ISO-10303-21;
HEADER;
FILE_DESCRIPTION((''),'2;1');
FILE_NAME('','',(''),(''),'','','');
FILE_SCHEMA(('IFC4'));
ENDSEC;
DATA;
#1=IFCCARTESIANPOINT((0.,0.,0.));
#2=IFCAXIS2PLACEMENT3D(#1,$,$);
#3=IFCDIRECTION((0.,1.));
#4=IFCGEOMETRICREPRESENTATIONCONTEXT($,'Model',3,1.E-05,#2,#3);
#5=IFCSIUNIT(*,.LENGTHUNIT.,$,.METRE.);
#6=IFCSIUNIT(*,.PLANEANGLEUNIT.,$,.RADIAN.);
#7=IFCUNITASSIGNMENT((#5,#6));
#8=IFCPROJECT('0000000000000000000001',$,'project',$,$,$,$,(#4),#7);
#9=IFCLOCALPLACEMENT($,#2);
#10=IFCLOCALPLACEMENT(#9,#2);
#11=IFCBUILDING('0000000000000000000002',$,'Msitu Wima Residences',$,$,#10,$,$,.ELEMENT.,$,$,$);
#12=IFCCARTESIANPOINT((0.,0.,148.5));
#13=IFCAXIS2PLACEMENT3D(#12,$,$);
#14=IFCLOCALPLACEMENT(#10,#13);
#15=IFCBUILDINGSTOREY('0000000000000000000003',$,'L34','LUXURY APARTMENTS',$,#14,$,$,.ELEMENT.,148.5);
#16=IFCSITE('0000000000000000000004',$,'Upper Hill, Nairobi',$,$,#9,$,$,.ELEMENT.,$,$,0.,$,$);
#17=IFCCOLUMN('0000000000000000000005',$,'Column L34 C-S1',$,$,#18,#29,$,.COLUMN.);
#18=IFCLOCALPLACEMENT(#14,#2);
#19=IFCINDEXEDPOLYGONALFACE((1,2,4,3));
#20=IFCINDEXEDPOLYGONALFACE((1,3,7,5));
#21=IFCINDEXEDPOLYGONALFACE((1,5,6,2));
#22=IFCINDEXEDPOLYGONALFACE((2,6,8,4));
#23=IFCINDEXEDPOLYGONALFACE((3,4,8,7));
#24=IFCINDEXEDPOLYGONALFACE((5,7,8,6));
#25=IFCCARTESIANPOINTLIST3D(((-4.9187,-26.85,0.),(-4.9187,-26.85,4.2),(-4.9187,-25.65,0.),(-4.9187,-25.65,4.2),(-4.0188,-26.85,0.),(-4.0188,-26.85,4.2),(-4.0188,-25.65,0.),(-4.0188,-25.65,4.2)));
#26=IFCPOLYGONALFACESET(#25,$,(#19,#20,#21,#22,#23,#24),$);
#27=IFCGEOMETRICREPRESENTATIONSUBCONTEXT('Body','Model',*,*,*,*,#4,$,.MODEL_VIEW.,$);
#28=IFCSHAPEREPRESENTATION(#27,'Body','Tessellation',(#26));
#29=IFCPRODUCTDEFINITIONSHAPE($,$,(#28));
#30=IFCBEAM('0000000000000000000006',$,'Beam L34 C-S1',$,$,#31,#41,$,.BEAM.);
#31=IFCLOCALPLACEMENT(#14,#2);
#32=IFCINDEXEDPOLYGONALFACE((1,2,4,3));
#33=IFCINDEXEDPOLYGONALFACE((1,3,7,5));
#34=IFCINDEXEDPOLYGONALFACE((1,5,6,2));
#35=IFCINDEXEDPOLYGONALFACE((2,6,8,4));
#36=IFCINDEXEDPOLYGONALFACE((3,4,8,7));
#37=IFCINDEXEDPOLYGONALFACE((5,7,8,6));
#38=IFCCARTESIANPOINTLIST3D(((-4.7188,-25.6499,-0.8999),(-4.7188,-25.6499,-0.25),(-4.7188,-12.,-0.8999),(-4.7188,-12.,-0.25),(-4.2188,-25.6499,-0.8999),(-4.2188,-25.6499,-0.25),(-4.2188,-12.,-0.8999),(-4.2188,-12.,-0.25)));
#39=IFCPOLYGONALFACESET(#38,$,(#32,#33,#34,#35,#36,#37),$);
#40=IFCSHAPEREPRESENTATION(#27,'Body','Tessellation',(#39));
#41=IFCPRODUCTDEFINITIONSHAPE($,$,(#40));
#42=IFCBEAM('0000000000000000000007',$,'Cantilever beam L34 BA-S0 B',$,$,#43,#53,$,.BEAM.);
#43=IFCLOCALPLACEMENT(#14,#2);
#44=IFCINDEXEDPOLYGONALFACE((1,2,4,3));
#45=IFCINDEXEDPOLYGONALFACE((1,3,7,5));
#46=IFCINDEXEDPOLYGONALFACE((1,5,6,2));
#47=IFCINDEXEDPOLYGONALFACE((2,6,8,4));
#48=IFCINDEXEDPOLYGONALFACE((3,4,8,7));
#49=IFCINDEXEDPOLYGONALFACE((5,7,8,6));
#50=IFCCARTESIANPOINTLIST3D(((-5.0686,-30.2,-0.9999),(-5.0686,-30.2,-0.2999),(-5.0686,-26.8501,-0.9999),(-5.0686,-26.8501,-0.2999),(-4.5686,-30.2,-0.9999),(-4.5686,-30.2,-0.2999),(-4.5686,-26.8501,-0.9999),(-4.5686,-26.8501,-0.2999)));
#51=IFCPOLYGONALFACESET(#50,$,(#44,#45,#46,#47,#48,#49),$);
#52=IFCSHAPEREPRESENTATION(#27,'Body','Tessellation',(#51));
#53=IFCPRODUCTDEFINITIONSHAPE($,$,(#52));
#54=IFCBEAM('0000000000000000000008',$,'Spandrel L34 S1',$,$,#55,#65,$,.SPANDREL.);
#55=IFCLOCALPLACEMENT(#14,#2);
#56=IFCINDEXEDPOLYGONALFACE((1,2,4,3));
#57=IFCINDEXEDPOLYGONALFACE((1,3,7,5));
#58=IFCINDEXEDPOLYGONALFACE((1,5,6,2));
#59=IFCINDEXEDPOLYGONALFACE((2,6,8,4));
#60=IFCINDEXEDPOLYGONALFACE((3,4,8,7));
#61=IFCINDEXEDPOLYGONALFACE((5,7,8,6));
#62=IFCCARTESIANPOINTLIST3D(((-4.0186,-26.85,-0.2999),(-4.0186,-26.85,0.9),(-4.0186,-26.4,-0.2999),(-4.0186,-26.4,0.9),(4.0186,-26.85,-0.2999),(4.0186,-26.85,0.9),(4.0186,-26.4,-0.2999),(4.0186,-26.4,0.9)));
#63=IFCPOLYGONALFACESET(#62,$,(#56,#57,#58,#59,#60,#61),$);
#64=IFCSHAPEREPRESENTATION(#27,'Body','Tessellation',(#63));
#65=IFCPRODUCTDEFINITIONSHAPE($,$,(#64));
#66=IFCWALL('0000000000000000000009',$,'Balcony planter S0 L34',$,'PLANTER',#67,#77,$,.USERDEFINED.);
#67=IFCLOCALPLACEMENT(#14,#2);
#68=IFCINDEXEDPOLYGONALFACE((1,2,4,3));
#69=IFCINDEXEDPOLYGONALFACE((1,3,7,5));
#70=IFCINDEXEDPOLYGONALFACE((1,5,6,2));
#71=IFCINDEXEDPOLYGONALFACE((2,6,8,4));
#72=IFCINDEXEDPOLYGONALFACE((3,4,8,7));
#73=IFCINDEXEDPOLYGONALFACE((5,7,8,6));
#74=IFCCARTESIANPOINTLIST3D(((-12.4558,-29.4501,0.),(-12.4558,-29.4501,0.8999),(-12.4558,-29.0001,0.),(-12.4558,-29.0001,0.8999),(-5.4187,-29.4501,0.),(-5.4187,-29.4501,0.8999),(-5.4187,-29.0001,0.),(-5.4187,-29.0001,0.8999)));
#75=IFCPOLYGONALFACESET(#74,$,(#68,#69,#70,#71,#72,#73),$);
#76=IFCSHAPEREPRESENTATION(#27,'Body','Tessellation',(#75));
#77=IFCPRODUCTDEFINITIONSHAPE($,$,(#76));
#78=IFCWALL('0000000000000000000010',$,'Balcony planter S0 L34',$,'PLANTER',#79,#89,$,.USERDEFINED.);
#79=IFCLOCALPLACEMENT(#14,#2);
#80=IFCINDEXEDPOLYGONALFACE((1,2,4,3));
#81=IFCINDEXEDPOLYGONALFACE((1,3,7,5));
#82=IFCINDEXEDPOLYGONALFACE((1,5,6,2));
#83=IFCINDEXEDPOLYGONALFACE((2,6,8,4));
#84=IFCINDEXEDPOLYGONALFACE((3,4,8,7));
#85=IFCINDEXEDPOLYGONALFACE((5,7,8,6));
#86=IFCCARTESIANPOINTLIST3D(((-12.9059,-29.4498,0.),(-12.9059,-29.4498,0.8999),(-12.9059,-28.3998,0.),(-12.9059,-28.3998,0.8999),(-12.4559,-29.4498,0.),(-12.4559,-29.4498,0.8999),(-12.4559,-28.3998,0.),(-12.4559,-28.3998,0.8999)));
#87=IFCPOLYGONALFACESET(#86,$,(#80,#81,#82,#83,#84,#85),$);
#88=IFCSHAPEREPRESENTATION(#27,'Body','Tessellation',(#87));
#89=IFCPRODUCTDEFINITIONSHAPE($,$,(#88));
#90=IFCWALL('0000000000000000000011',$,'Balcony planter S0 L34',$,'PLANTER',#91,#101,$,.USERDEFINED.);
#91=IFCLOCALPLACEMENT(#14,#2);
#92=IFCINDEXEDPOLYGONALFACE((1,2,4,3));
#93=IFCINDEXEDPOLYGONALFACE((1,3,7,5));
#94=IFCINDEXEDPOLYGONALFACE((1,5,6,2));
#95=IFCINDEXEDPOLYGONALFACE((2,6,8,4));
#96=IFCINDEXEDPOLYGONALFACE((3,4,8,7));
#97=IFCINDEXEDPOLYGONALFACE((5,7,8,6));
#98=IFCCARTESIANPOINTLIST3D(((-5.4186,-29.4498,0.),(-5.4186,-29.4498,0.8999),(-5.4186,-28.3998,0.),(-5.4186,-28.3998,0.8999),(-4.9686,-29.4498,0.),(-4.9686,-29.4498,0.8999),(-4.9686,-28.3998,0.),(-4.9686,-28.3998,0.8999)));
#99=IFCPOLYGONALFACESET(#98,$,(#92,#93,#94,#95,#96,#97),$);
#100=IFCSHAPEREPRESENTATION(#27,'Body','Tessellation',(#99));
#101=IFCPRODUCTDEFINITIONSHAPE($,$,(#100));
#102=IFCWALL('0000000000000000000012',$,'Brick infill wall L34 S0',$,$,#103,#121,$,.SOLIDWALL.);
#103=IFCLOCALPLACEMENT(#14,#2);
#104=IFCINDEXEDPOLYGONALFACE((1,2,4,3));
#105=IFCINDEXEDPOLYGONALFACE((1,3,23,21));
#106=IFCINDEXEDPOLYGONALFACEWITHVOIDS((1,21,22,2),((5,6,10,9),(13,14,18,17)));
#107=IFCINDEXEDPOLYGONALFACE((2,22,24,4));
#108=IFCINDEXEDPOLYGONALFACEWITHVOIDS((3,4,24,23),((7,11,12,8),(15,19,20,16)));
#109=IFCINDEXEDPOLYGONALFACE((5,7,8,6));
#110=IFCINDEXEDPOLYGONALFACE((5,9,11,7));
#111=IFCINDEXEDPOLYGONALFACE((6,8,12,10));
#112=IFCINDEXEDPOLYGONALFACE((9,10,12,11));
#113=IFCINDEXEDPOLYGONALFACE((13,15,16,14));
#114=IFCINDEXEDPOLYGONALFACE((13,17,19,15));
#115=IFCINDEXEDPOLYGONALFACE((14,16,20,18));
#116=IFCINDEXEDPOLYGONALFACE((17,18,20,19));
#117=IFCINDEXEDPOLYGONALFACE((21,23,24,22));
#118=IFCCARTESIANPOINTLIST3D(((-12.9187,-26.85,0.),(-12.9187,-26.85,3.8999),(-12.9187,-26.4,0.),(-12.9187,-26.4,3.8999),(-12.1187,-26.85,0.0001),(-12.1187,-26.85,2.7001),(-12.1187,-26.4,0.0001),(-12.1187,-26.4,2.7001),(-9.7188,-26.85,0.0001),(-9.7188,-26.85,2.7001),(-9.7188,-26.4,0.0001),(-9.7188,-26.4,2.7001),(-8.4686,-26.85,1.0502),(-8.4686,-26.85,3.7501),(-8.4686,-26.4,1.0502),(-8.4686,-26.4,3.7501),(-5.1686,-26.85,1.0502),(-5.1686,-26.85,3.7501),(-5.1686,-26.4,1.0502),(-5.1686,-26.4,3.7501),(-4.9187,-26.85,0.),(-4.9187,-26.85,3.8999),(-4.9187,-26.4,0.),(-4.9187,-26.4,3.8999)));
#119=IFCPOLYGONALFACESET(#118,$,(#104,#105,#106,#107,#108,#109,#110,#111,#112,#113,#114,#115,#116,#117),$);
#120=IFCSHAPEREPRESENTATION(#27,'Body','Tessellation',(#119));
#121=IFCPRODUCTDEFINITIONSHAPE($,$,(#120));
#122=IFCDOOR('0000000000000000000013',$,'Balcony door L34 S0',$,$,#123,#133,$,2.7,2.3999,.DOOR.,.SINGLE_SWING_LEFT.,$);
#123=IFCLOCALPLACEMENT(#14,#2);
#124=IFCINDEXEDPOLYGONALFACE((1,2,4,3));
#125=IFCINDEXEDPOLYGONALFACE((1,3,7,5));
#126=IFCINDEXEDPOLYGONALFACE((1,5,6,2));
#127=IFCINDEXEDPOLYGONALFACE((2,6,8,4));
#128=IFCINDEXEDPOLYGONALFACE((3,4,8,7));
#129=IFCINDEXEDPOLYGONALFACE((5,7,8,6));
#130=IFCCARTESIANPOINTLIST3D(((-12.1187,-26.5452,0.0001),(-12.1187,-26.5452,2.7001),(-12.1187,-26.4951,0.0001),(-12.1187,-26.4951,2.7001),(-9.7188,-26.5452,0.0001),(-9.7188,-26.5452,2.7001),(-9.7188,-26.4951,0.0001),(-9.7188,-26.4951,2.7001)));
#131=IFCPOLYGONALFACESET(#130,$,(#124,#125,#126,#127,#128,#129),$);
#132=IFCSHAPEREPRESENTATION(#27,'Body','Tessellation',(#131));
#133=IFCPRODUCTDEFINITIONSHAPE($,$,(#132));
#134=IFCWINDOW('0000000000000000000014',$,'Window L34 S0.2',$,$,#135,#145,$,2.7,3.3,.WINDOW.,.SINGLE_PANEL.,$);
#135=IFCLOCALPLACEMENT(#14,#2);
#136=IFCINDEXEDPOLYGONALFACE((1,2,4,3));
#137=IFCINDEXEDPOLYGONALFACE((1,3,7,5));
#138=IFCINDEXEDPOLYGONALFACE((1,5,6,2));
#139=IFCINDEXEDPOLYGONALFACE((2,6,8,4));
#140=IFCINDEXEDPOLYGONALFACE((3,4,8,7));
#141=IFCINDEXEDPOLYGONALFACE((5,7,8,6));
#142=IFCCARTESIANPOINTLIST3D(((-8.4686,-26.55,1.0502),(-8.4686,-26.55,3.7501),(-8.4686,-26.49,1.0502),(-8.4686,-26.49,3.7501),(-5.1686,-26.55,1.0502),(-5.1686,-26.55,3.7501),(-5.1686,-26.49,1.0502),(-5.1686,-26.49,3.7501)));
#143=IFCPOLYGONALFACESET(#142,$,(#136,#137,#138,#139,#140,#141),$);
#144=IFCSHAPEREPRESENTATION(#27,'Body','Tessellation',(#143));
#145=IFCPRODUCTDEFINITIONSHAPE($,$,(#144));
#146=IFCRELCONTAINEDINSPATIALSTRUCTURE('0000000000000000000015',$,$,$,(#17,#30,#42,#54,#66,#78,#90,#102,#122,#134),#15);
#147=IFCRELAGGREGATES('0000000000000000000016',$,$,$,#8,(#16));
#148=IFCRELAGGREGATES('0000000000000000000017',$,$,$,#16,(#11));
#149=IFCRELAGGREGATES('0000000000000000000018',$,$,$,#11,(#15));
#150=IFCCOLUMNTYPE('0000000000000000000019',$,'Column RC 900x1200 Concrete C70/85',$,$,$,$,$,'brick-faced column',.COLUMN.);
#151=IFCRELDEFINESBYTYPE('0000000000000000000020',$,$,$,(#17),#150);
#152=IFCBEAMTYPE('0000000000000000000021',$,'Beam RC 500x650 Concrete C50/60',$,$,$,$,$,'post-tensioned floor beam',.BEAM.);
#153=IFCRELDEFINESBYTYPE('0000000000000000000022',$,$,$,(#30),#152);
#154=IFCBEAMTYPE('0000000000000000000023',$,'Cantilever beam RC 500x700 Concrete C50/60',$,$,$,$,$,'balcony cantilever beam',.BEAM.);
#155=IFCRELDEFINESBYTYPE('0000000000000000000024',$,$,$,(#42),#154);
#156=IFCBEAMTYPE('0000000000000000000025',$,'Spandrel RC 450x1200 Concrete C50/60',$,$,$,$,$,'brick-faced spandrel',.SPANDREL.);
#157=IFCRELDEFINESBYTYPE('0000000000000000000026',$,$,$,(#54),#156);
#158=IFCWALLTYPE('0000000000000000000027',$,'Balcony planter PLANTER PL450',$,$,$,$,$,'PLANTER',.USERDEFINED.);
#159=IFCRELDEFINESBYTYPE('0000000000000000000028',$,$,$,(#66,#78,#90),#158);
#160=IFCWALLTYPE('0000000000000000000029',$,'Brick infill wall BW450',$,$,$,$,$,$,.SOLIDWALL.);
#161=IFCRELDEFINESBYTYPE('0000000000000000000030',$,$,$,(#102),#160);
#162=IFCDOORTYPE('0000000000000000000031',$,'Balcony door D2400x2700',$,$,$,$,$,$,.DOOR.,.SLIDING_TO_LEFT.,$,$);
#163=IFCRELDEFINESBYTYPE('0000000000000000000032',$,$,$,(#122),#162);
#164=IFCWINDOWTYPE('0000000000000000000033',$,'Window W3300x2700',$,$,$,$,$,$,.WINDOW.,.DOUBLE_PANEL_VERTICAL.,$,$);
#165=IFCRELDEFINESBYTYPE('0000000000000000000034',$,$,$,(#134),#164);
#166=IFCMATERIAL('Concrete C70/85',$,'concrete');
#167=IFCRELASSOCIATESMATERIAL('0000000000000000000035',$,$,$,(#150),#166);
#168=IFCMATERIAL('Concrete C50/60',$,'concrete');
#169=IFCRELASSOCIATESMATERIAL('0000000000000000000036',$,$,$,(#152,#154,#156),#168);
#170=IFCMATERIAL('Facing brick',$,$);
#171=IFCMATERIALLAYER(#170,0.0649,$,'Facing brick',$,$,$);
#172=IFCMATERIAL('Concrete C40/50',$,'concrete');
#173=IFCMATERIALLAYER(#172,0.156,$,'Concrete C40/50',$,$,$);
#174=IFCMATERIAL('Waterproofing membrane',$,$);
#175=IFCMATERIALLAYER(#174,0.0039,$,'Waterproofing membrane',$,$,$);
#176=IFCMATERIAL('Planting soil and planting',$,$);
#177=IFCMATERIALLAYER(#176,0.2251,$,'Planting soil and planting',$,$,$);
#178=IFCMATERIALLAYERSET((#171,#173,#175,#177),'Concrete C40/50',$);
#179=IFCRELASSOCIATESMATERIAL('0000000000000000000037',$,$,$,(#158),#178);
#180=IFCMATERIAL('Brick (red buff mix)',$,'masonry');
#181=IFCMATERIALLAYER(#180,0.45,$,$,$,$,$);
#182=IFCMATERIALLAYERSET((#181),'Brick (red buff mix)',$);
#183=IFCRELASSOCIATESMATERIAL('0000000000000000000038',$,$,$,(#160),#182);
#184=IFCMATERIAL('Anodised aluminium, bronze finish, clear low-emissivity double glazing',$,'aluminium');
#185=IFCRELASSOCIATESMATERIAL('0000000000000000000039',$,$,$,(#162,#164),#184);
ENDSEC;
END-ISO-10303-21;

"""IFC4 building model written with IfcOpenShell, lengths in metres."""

from ifc_helpers import new_model, si_unit, direction, frame, frame_2d, origin, origin_2d, place, context, subcontext, project, spatial, rectangle, extrude, material, layer, layer_set, material_profile, profile_set, type_object, element, fill, save


model = new_model("IFC4")

# Units and contexts
model_context = context("Model", 3, precision=1e-05, world=origin(), true_north=direction((0.0, 1.0)))
body_context = subcontext(model_context, "Body", "Model", "MODEL_VIEW")
ifc_project = project(units=[si_unit("LENGTHUNIT", "METRE"), si_unit("PLANEANGLEUNIT", "RADIAN")], contexts=[model_context])

# Site, building, storey
site_placement = place(None, origin())
site = spatial("IfcSite", under=ifc_project, at=site_placement, Name="Upper Hill, Nairobi", CompositionType="ELEMENT", RefElevation=0.0)
building_placement = place(site_placement, origin())
building = spatial("IfcBuilding", under=site, at=building_placement, Name="Msitu Wima Residences", CompositionType="ELEMENT")
storey_placement = place(building_placement, frame((0.0, 0.0, 148.5)))
storey = spatial("IfcBuildingStorey", under=building, at=storey_placement, Name="L34", Description="LUXURY APARTMENTS", CompositionType="ELEMENT", Elevation=148.5)

# Column
ifc_material_1 = material(Name="Concrete C70/85", Category="concrete")
ifc_material_profile_1 = material_profile(ifc_material_1, rectangle(XDim=0.8999, YDim=1.2, at=origin_2d()), Name="RC 900x1200")
ifc_profile_set_1 = profile_set([ifc_material_profile_1], Name="Concrete C70/85")
column_type = type_object("IfcColumnType", Name="Column RC 900x1200 Concrete C70/85", ElementType="brick-faced column", PredefinedType="COLUMN", material=ifc_profile_set_1)
column_placement = place(storey_placement, frame((-4.4688, -26.25, 0.0), z_axis=(0.0, 0.0, 1.0), x_axis=(1.0, 0.0, 0.0)))
element("IfcColumn", 1, at=column_placement, inside=storey, type_object=column_type, Name="Column L34 C-S1", PredefinedType="COLUMN", context=body_context, shape_type="SweptSolid", body=[
    extrude(rectangle(XDim=0.8999, YDim=1.2, at=origin_2d()), origin(), (0.0, 0.0, 1.0), 4.2),
])

# Beams
ifc_material_2 = material(Name="Concrete C50/60", Category="concrete")
ifc_material_profile_2 = material_profile(ifc_material_2, rectangle(XDim=0.5, YDim=0.6499, at=origin_2d()), Name="RC 500x650")
ifc_profile_set_2 = profile_set([ifc_material_profile_2], Name="Concrete C50/60")
beam_type_1 = type_object("IfcBeamType", Name="Beam RC 500x650 Concrete C50/60", ElementType="post-tensioned floor beam", PredefinedType="BEAM", material=ifc_profile_set_2)
beam_1_placement = place(storey_placement, frame((-4.4688, -25.6499, -0.575), z_axis=(0.0, 1.0, 0.0), x_axis=(-1.0, 0.0, 0.0)))
element("IfcBeam", 2, at=beam_1_placement, inside=storey, type_object=beam_type_1, Name="Beam L34 C-S1", PredefinedType="BEAM", context=body_context, shape_type="SweptSolid", body=[
    extrude(rectangle(XDim=0.5, YDim=0.6499, at=origin_2d()), origin(), (0.0, 0.0, 1.0), 13.6499),
])
ifc_material_profile_3 = material_profile(ifc_material_2, rectangle(XDim=0.5, YDim=0.7, at=origin_2d()), Name="RC 500x700")
ifc_profile_set_3 = profile_set([ifc_material_profile_3], Name="Concrete C50/60")
beam_type_2 = type_object("IfcBeamType", Name="Cantilever beam RC 500x700 Concrete C50/60", ElementType="balcony cantilever beam", PredefinedType="BEAM", material=ifc_profile_set_3)
beam_2_placement = place(storey_placement, frame((-4.8186, -26.8501, -0.6499), z_axis=(0.0, -1.0, 0.0), x_axis=(1.0, 0.0, 0.0)))
element("IfcBeam", 3, at=beam_2_placement, inside=storey, type_object=beam_type_2, Name="Cantilever beam L34 BA-S0 B", PredefinedType="BEAM", context=body_context, shape_type="SweptSolid", body=[
    extrude(rectangle(XDim=0.5, YDim=0.7, at=origin_2d()), origin(), (0.0, 0.0, 1.0), 3.3499),
])
ifc_material_profile_4 = material_profile(ifc_material_2, rectangle(XDim=0.45, YDim=1.2, at=origin_2d()), Name="RC 450x1200")
ifc_profile_set_4 = profile_set([ifc_material_profile_4], Name="Concrete C50/60")
beam_type_3 = type_object("IfcBeamType", Name="Spandrel RC 450x1200 Concrete C50/60", ElementType="brick-faced spandrel", PredefinedType="SPANDREL", material=ifc_profile_set_4)
beam_3_placement = place(storey_placement, frame((-4.0186, -26.625, 0.3), z_axis=(1.0, 0.0, 0.0), x_axis=(0.0, 1.0, 0.0)))
element("IfcBeam", 4, at=beam_3_placement, inside=storey, type_object=beam_type_3, Name="Spandrel L34 S1", PredefinedType="SPANDREL", context=body_context, shape_type="SweptSolid", body=[
    extrude(rectangle(XDim=0.45, YDim=1.2, at=origin_2d()), origin(), (0.0, 0.0, 1.0), 8.0371),
])

# Walls
ifc_material_3 = material(Name="Facing brick")
ifc_layer_1 = layer(ifc_material_3, 0.0649, Name="Facing brick")
ifc_material_4 = material(Name="Concrete C40/50", Category="concrete")
ifc_layer_2 = layer(ifc_material_4, 0.156, Name="Concrete C40/50")
ifc_material_5 = material(Name="Waterproofing membrane")
ifc_layer_3 = layer(ifc_material_5, 0.0039, Name="Waterproofing membrane")
ifc_material_6 = material(Name="Planting soil and planting")
ifc_layer_4 = layer(ifc_material_6, 0.2251, Name="Planting soil and planting")
ifc_layer_set_1 = layer_set([ifc_layer_1, ifc_layer_2, ifc_layer_3, ifc_layer_4], Name="Concrete C40/50")
wall_type_1 = type_object("IfcWallType", Name="Balcony planter PLANTER PL450", ElementType="PLANTER", PredefinedType="USERDEFINED", material=ifc_layer_set_1)
wall_1_placement = place(storey_placement, frame((-12.4558, -29.2251, 0.0), z_axis=(0.0, 0.0, 1.0), x_axis=(1.0, 0.0, 0.0)))
element("IfcWall", 5, at=wall_1_placement, inside=storey, type_object=wall_type_1, Name="Balcony planter S0 L34", ObjectType="PLANTER", PredefinedType="USERDEFINED", context=body_context, shape_type="SweptSolid", body=[
    extrude(rectangle(XDim=7.0371, YDim=0.45, at=frame_2d((3.5186, 0.0))), origin(), (0.0, 0.0, 1.0), 0.8999),
])
for number, where, z_axis, x_axis, name in (
    (6, (-12.6809, -28.3999, 0.0), (0.0, 0.0, 1.0), (0.0, -1.0, 0.0), "Balcony planter S0 L34"),
    (7, (-5.1936, -28.3999, 0.0), (0.0, 0.0, 1.0), (0.0, -1.0, 0.0), "Balcony planter S0 L34"),
):
    element("IfcWall", number, at=place(storey_placement, frame(where, z_axis=z_axis, x_axis=x_axis)), inside=storey, type_object=wall_type_1, Name=name, ObjectType="PLANTER", PredefinedType="USERDEFINED", context=body_context, shape_type="SweptSolid", body=[
        extrude(rectangle(XDim=1.05, YDim=0.45, at=frame_2d((0.5249, 0.0))), origin(), (0.0, 0.0, 1.0), 0.8999),
    ])

# Wall, openings, door, window
ifc_material_7 = material(Name="Brick (red buff mix)", Category="masonry")
ifc_layer_5 = layer(ifc_material_7, 0.45)
ifc_layer_set_2 = layer_set([ifc_layer_5], Name="Brick (red buff mix)")
wall_type_2 = type_object("IfcWallType", Name="Brick infill wall BW450", PredefinedType="SOLIDWALL", material=ifc_layer_set_2)
wall_2_placement = place(storey_placement, frame((-12.9187, -26.625, 0.0), z_axis=(0.0, 0.0, 1.0), x_axis=(1.0, 0.0, 0.0)))
wall_2 = element("IfcWall", 8, at=wall_2_placement, inside=storey, type_object=wall_type_2, Name="Brick infill wall L34 S0", PredefinedType="SOLIDWALL", context=body_context, shape_type="SweptSolid", body=[
    extrude(rectangle(XDim=8.0, YDim=0.45, at=frame_2d((4.0, 0.0))), origin(), (0.0, 0.0, 1.0), 3.8999),
])
opening_1_placement = place(wall_2_placement, frame((0.8, 0.0, 0.0)))
opening_1 = element("IfcOpeningElement", 9, at=opening_1_placement, cuts=wall_2, PredefinedType="OPENING", context=body_context, shape_type="SweptSolid", body=[
    extrude(rectangle(XDim=2.3999, YDim=2.7, at=frame_2d((1.2, 1.3501))), frame((0.0, 0.2349, 0.0), z_axis=(0.0, -1.0, 0.0), x_axis=(1.0, 0.0, 0.0)), (0.0, 0.0, 1.0), 0.47),
])
opening_2_placement = place(wall_2_placement, frame((4.4502, 0.0, 1.05)))
opening_2 = element("IfcOpeningElement", 10, at=opening_2_placement, cuts=wall_2, PredefinedType="OPENING", context=body_context, shape_type="SweptSolid", body=[
    extrude(rectangle(XDim=3.3, YDim=2.7, at=frame_2d((1.6499, 1.3501))), frame((0.0, 0.2349, 0.0), z_axis=(0.0, -1.0, 0.0), x_axis=(1.0, 0.0, 0.0)), (0.0, 0.0, 1.0), 0.47),
])
ifc_material_8 = material(Name="Anodised aluminium, bronze finish, clear low-emissivity double glazing", Category="aluminium")
door_type_1 = type_object("IfcDoorType", Name="Balcony door D2400x2700", OperationType="SLIDING_TO_LEFT", PredefinedType="DOOR", material=ifc_material_8)
door_1_placement = place(opening_1_placement, origin())
door_1 = element("IfcDoor", 11, at=door_1_placement, inside=storey, type_object=door_type_1, Name="Balcony door L34 S0", OperationType="SINGLE_SWING_LEFT", OverallHeight=2.7, OverallWidth=2.3999, PredefinedType="DOOR", context=body_context, shape_type="SweptSolid", body=[
    extrude(rectangle(XDim=2.3999, YDim=2.7, at=frame_2d((1.2, 1.3501))), frame((0.0, 0.1299, 0.0), z_axis=(0.0, -1.0, 0.0), x_axis=(1.0, 0.0, 0.0)), (0.0, 0.0, 1.0), 0.05),
])
fill(opening_1, door_1)
window_type = type_object("IfcWindowType", Name="Window W3300x2700", PartitioningType="DOUBLE_PANEL_VERTICAL", PredefinedType="WINDOW", material=ifc_material_8)
window_1_placement = place(opening_2_placement, origin())
window_1 = element("IfcWindow", 12, at=window_1_placement, inside=storey, type_object=window_type, Name="Window L34 S0.2", OverallHeight=2.7, OverallWidth=3.3, PartitioningType="SINGLE_PANEL", PredefinedType="WINDOW", context=body_context, shape_type="SweptSolid", body=[
    extrude(rectangle(XDim=3.3, YDim=2.7, at=frame_2d((1.6499, 1.3501))), frame((0.0, 0.135, 0.0), z_axis=(0.0, -1.0, 0.0), x_axis=(1.0, 0.0, 0.0)), (0.0, 0.0, 1.0), 0.0601),
])
fill(opening_2, window_1)

save(model, "model.ifc")
